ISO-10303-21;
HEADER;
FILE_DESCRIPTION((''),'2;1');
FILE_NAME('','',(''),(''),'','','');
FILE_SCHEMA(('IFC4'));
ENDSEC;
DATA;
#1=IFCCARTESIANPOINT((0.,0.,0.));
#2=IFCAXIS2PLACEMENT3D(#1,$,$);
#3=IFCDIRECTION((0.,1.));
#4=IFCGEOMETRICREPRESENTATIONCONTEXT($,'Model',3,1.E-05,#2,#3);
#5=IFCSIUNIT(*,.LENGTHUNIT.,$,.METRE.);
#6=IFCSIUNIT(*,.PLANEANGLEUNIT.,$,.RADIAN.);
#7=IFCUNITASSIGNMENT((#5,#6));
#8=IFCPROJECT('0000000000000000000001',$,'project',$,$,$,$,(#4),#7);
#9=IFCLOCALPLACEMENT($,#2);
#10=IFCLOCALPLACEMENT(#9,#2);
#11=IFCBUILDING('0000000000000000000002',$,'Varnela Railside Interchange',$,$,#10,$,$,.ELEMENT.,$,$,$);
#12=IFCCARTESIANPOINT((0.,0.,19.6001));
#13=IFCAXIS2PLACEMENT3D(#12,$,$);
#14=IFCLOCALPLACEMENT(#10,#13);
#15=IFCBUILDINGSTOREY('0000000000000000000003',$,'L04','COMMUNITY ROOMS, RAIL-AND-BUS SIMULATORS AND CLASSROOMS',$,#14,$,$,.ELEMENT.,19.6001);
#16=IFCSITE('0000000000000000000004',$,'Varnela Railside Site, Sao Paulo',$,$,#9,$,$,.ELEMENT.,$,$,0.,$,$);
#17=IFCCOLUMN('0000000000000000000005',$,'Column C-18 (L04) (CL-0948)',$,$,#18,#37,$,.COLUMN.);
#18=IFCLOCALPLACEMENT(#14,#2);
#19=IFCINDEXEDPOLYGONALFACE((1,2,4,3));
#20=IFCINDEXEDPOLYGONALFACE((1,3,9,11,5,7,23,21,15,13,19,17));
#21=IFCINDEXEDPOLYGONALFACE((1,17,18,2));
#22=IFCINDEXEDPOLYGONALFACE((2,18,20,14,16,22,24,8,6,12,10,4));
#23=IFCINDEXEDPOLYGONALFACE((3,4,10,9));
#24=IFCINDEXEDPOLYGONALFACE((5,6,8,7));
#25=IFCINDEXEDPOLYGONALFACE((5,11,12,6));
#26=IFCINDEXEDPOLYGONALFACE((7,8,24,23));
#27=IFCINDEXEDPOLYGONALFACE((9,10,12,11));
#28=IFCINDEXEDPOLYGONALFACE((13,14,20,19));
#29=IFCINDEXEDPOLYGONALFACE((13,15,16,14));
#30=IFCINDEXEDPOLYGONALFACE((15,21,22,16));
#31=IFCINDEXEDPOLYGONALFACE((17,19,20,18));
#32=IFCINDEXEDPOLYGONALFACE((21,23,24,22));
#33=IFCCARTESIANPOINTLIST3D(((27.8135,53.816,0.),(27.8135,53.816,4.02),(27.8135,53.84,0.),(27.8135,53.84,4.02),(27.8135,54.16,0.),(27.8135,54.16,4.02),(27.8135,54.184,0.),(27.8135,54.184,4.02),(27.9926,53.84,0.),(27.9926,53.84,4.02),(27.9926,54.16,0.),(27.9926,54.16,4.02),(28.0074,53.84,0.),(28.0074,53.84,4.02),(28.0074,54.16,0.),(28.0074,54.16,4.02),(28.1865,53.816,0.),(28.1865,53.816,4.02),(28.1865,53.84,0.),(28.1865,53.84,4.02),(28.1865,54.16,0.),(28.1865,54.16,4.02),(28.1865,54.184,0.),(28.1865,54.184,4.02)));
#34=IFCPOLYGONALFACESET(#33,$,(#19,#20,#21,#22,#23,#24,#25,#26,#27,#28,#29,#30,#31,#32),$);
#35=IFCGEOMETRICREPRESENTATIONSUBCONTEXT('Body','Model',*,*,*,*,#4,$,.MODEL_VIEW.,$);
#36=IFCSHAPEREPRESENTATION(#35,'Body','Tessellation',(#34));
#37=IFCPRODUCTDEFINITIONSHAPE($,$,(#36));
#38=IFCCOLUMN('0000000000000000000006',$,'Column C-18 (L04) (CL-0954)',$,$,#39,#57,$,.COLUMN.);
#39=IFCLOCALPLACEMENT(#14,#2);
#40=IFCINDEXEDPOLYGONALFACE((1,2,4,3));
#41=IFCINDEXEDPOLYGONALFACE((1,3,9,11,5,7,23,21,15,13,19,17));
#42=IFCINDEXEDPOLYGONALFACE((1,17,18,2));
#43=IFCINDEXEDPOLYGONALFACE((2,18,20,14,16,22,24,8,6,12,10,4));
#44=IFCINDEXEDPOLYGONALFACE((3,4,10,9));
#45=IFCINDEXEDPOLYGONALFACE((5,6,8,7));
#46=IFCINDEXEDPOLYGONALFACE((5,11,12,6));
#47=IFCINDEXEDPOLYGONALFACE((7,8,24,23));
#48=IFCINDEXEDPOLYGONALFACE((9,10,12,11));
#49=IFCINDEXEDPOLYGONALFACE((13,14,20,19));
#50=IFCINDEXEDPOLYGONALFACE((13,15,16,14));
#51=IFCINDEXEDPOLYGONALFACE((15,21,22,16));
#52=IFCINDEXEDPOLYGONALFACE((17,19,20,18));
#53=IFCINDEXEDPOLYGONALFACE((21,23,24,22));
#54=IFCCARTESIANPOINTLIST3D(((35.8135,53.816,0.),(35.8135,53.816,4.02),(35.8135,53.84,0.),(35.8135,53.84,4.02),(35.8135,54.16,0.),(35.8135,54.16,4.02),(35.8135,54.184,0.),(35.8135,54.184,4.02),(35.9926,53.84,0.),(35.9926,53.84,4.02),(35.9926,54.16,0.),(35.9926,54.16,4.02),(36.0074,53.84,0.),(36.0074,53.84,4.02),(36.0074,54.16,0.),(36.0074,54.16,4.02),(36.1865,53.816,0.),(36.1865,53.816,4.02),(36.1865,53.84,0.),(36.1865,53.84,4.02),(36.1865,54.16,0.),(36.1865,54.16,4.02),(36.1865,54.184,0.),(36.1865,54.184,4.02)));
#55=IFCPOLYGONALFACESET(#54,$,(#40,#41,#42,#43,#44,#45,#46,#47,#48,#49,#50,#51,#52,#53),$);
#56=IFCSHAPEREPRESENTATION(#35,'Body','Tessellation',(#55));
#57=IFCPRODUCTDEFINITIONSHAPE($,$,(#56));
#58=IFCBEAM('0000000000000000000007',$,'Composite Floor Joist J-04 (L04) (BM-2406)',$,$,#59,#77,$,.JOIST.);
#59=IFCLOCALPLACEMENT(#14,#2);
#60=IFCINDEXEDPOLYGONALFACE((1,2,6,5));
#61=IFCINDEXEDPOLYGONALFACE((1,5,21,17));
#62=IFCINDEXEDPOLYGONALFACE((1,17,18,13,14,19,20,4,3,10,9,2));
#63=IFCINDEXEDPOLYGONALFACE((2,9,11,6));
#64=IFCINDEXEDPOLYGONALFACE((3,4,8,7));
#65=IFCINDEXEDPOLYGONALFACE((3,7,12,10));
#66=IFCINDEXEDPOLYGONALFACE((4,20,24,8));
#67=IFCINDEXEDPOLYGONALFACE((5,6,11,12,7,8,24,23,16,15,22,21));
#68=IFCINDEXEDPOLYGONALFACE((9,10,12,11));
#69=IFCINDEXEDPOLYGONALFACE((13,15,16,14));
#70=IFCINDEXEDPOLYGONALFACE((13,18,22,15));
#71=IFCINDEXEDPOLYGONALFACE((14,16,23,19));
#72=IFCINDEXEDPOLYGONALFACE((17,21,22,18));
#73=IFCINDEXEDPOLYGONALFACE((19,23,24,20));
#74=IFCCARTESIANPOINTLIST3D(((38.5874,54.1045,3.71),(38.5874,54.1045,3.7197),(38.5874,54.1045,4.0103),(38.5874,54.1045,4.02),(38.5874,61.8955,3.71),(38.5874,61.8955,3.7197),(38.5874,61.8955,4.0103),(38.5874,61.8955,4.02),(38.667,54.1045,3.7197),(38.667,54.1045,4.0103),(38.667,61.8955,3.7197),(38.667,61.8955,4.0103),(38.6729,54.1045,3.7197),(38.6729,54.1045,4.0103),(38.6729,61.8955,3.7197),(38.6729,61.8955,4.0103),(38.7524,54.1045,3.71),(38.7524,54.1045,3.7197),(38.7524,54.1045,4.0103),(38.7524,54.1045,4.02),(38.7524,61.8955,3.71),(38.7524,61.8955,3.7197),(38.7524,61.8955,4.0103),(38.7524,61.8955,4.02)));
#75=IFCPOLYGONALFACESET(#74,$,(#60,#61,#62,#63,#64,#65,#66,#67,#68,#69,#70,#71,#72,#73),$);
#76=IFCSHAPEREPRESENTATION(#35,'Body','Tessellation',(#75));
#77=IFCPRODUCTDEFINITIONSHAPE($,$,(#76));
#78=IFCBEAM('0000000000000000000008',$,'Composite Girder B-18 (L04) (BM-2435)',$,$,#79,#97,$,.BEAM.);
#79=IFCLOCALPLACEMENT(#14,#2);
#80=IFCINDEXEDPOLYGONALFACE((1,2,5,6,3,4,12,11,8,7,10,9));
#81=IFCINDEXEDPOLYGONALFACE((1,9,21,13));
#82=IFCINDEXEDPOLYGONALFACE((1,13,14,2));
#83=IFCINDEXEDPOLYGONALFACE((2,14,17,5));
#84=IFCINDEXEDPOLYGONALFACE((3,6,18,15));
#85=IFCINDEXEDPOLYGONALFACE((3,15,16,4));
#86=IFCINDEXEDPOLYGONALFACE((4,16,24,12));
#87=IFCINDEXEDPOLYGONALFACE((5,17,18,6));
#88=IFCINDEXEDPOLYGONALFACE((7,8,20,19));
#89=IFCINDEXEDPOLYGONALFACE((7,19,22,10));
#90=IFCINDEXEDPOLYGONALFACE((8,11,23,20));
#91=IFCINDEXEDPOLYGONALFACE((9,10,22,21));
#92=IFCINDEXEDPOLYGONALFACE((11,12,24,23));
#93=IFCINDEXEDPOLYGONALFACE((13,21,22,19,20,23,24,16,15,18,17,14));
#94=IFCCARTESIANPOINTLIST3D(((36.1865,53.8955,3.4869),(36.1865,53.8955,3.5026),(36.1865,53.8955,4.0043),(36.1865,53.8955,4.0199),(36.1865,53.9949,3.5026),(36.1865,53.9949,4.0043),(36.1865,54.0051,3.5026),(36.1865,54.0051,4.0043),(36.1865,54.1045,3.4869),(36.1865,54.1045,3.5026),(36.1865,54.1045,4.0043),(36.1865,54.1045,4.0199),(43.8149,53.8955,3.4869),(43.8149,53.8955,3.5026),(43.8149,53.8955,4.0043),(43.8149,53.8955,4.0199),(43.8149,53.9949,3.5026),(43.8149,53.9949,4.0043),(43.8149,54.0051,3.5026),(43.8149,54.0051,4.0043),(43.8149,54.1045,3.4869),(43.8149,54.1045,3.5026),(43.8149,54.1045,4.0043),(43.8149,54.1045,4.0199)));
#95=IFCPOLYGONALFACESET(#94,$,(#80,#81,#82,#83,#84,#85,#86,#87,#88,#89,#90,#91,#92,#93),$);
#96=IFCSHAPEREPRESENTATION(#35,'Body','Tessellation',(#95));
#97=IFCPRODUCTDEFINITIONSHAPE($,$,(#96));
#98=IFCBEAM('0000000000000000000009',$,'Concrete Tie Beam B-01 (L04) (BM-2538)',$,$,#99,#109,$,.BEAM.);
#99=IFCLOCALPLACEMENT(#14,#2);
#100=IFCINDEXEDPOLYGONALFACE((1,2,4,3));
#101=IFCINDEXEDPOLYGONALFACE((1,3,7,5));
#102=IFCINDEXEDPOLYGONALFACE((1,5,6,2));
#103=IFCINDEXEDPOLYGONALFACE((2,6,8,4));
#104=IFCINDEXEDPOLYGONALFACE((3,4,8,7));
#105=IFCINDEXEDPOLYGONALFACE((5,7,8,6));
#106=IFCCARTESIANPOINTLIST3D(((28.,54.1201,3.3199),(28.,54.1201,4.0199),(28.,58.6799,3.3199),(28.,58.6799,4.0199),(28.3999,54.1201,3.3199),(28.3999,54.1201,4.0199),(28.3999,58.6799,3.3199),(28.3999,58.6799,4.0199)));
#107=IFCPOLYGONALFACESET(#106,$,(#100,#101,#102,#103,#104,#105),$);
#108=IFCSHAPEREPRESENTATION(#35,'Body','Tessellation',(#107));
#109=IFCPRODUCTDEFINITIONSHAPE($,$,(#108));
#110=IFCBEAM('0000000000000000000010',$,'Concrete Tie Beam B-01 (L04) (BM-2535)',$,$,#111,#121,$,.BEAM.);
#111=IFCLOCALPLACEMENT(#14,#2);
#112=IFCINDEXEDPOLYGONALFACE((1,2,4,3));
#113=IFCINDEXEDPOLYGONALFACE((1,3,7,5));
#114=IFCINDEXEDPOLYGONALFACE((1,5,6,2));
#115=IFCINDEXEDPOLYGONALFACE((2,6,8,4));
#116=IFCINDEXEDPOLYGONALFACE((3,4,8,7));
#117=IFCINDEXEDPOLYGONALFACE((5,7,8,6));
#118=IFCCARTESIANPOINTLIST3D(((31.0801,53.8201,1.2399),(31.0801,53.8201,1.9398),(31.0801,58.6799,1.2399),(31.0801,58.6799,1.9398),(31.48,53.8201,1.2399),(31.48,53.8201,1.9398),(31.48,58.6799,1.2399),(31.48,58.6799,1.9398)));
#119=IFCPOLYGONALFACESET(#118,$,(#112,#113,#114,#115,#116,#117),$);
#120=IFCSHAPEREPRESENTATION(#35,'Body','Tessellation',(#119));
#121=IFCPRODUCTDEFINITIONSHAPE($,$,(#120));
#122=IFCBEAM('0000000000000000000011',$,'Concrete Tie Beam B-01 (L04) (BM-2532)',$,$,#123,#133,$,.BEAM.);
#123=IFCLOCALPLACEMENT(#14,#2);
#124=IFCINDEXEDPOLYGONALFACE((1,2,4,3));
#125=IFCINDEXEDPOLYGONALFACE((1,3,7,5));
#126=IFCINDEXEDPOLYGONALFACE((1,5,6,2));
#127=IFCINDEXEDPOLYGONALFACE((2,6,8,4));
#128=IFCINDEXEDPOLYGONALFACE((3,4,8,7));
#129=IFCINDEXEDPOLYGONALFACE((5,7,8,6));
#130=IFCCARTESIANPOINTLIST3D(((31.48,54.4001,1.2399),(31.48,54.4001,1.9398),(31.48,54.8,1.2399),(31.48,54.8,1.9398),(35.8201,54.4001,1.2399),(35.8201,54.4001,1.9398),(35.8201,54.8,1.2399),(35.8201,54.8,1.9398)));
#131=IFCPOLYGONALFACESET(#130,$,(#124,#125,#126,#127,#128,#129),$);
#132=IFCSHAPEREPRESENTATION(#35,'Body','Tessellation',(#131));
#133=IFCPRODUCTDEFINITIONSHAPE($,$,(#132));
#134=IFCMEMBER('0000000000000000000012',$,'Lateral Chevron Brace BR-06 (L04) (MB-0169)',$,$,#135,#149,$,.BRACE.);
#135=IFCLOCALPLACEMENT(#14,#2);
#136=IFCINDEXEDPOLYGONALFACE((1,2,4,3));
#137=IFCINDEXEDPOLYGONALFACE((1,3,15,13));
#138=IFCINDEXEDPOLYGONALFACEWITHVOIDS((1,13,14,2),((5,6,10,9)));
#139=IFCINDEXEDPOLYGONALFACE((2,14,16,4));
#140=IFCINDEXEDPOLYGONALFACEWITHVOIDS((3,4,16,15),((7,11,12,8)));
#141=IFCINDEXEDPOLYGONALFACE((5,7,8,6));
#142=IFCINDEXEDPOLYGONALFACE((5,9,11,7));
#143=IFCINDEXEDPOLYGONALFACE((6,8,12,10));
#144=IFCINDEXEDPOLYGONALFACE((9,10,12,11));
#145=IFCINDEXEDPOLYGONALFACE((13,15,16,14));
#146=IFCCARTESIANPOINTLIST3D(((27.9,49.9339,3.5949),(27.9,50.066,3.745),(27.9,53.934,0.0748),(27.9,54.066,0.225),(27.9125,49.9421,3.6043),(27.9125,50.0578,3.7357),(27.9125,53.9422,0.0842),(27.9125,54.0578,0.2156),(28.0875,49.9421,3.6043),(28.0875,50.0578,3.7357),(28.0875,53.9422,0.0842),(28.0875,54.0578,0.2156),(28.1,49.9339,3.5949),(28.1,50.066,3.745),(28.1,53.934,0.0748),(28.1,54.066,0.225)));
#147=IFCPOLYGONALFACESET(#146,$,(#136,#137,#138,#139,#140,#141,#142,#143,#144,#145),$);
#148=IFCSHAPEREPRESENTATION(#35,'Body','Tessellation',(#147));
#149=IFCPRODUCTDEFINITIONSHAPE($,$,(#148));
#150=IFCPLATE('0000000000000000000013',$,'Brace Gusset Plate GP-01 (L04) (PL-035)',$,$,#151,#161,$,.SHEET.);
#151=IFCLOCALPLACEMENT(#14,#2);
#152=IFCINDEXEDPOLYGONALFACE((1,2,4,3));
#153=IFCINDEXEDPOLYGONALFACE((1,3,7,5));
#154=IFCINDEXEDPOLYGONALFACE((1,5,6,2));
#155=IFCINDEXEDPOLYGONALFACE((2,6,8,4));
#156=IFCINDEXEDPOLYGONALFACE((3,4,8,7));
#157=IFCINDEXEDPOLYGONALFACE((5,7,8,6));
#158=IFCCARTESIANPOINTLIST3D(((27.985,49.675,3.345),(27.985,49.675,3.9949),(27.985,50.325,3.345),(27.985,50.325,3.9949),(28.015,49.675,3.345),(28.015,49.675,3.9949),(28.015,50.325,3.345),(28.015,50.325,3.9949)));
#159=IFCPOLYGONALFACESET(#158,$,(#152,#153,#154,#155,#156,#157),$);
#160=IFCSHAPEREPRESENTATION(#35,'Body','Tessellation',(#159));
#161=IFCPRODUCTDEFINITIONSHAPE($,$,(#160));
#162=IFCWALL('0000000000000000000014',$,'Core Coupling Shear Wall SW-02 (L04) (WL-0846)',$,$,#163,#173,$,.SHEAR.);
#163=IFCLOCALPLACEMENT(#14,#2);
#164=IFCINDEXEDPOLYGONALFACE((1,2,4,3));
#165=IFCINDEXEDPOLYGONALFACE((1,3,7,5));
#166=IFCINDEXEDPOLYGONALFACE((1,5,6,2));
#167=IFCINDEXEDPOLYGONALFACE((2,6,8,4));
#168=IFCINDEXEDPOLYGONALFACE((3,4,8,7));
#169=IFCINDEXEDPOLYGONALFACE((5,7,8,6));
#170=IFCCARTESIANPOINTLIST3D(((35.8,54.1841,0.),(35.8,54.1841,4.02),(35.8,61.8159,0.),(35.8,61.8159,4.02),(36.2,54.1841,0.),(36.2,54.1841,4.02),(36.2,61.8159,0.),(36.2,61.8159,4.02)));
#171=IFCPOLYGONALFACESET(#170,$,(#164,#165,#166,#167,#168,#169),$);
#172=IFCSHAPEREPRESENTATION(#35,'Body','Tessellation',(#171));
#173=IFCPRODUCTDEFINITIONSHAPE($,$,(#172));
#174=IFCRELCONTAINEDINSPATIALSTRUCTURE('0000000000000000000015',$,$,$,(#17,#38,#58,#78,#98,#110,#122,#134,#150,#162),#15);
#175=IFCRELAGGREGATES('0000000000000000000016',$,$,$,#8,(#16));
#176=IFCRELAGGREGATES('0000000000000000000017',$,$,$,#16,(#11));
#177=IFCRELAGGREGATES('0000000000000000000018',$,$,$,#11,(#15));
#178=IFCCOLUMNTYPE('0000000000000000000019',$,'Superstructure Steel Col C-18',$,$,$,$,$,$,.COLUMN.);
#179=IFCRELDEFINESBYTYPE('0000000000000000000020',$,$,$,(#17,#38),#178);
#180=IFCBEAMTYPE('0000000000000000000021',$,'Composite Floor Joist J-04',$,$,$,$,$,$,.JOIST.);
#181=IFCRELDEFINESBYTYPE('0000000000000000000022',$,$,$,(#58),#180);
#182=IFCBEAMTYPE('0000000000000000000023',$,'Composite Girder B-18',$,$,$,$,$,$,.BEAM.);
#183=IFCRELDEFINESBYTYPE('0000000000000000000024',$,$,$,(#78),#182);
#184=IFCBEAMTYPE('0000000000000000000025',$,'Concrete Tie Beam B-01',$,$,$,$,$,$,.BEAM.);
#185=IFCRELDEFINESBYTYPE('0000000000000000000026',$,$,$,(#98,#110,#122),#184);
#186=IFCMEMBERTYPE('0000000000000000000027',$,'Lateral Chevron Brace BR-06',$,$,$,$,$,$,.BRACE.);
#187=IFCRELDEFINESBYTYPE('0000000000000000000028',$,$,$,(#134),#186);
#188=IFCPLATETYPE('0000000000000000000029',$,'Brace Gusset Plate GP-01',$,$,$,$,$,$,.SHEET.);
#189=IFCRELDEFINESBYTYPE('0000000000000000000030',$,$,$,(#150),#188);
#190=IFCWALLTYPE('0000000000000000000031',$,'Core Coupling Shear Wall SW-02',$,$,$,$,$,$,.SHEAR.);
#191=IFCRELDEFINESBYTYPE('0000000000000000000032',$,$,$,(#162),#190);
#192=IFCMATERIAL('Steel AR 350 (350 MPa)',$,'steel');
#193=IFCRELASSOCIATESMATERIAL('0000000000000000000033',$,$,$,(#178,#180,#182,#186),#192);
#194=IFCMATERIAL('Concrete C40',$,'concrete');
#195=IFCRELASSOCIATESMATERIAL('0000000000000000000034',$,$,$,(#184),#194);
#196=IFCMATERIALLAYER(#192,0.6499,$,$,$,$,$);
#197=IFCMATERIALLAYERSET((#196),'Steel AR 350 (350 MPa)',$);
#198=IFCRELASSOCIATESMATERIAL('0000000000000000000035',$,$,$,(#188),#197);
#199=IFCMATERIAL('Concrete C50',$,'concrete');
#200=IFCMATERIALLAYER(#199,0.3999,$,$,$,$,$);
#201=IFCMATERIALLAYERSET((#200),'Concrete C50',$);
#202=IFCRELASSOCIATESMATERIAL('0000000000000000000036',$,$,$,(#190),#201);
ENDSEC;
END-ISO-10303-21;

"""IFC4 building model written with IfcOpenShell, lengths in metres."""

from ifc_helpers import new_model, si_unit, direction, frame, frame_2d, origin, origin_2d, place, context, subcontext, project, spatial, rectangle, hollow_rectangle, i_section, extrude, material, layer, layer_set, material_profile, profile_set, type_object, element, save


model = new_model("IFC4")

# Units and contexts
model_context = context("Model", 3, precision=1e-05, world=origin(), true_north=direction((0.0, 1.0)))
body_context = subcontext(model_context, "Body", "Model", "MODEL_VIEW")
ifc_project = project(units=[si_unit("LENGTHUNIT", "METRE"), si_unit("PLANEANGLEUNIT", "RADIAN")], contexts=[model_context])

# Site, building, storey
site_placement = place(None, origin())
site = spatial("IfcSite", under=ifc_project, at=site_placement, Name="Varnela Railside Site, Sao Paulo", CompositionType="ELEMENT", RefElevation=0.0)
building_placement = place(site_placement, origin())
building = spatial("IfcBuilding", under=site, at=building_placement, Name="Varnela Railside Interchange", CompositionType="ELEMENT")
storey_placement = place(building_placement, frame((0.0, 0.0, 19.6001)))
storey = spatial("IfcBuildingStorey", under=building, at=storey_placement, Name="L04", Description="COMMUNITY ROOMS, RAIL-AND-BUS SIMULATORS AND CLASSROOMS", CompositionType="ELEMENT", Elevation=19.6001)

# Columns
ifc_material_1 = material(Name="Steel AR 350 (350 MPa)", Category="steel")
ifc_material_profile_1 = material_profile(ifc_material_1, i_section(OverallWidth=0.373, OverallDepth=0.3679, WebThickness=0.0149, FlangeThickness=0.0239, at=origin_2d()), Name="W360x179")
ifc_profile_set_1 = profile_set([ifc_material_profile_1], Name="Steel AR 350 (350 MPa)")
column_type = type_object("IfcColumnType", Name="Superstructure Steel Col C-18", PredefinedType="COLUMN", material=ifc_profile_set_1)
for number, where, z_axis, x_axis, name in (
    (1, (28.0, 54.0, 0.0), (0.0, 0.0, 1.0), (1.0, 0.0, 0.0), "Column C-18 (L04) (CL-0948)"),
    (2, (36.0, 54.0, 0.0), (0.0, 0.0, 1.0), (1.0, 0.0, 0.0), "Column C-18 (L04) (CL-0954)"),
):
    element("IfcColumn", number, at=place(storey_placement, frame(where, z_axis=z_axis, x_axis=x_axis)), inside=storey, type_object=column_type, Name=name, PredefinedType="COLUMN", context=body_context, shape_type="SweptSolid", body=[
        extrude(i_section(OverallWidth=0.373, OverallDepth=0.3679, WebThickness=0.0149, FlangeThickness=0.0239, at=origin_2d()), origin(), (0.0, 0.0, 1.0), 4.02),
    ])

# Beams
ifc_material_profile_2 = material_profile(ifc_material_1, i_section(OverallWidth=0.165, OverallDepth=0.3101, WebThickness=0.0059, FlangeThickness=0.0098, at=origin_2d()), Name="W310x38.7")
ifc_profile_set_2 = profile_set([ifc_material_profile_2], Name="Steel AR 350 (350 MPa)")
beam_type_1 = type_object("IfcBeamType", Name="Composite Floor Joist J-04", PredefinedType="JOIST", material=ifc_profile_set_2)
beam_1_placement = place(storey_placement, frame((38.6699, 54.1045, 3.865), z_axis=(0.0, 1.0, 0.0), x_axis=(-1.0, 0.0, 0.0)))
element("IfcBeam", 3, at=beam_1_placement, inside=storey, type_object=beam_type_1, Name="Composite Floor Joist J-04 (L04) (BM-2406)", PredefinedType="JOIST", context=body_context, shape_type="SweptSolid", body=[
    extrude(i_section(OverallWidth=0.165, OverallDepth=0.3101, WebThickness=0.0059, FlangeThickness=0.0098, at=origin_2d()), origin(), (0.0, 0.0, 1.0), 7.791),
])
ifc_material_profile_3 = material_profile(ifc_material_1, i_section(OverallWidth=0.209, OverallDepth=0.533, WebThickness=0.0103, FlangeThickness=0.0156, at=origin_2d()), Name="W530x92")
ifc_profile_set_3 = profile_set([ifc_material_profile_3], Name="Steel AR 350 (350 MPa)")
beam_type_2 = type_object("IfcBeamType", Name="Composite Girder B-18", PredefinedType="BEAM", material=ifc_profile_set_3)
beam_2_placement = place(storey_placement, frame((36.1865, 54.0, 3.7534), z_axis=(1.0, 0.0, 0.0), x_axis=(0.0, 1.0, 0.0)))
element("IfcBeam", 4, at=beam_2_placement, inside=storey, type_object=beam_type_2, Name="Composite Girder B-18 (L04) (BM-2435)", PredefinedType="BEAM", context=body_context, shape_type="SweptSolid", body=[
    extrude(i_section(OverallWidth=0.209, OverallDepth=0.533, WebThickness=0.0103, FlangeThickness=0.0156, at=origin_2d()), origin(), (0.0, 0.0, 1.0), 7.6284),
])
ifc_material_2 = material(Name="Concrete C40", Category="concrete")
ifc_material_profile_4 = material_profile(ifc_material_2, rectangle(XDim=0.3999, YDim=0.7, at=origin_2d()), Name="RC 400x700")
ifc_profile_set_4 = profile_set([ifc_material_profile_4], Name="Concrete C40")
beam_type_3 = type_object("IfcBeamType", Name="Concrete Tie Beam B-01", PredefinedType="BEAM", material=ifc_profile_set_4)
beam_3_placement = place(storey_placement, frame((28.2, 54.1201, 3.6699), z_axis=(0.0, 1.0, 0.0), x_axis=(-1.0, 0.0, 0.0)))
element("IfcBeam", 5, at=beam_3_placement, inside=storey, type_object=beam_type_3, Name="Concrete Tie Beam B-01 (L04) (BM-2538)", PredefinedType="BEAM", context=body_context, shape_type="SweptSolid", body=[
    extrude(rectangle(XDim=0.3999, YDim=0.7, at=origin_2d()), origin(), (0.0, 0.0, 1.0), 4.5598),
])
beam_4_placement = place(storey_placement, frame((31.28, 53.8201, 1.5898), z_axis=(0.0, 1.0, 0.0), x_axis=(-1.0, 0.0, 0.0)))
element("IfcBeam", 6, at=beam_4_placement, inside=storey, type_object=beam_type_3, Name="Concrete Tie Beam B-01 (L04) (BM-2535)", PredefinedType="BEAM", context=body_context, shape_type="SweptSolid", body=[
    extrude(rectangle(XDim=0.3999, YDim=0.7, at=origin_2d()), origin(), (0.0, 0.0, 1.0), 4.8599),
])
beam_5_placement = place(storey_placement, frame((31.48, 54.6001, 1.5898), z_axis=(1.0, 0.0, 0.0), x_axis=(0.0, 1.0, 0.0)))
element("IfcBeam", 7, at=beam_5_placement, inside=storey, type_object=beam_type_3, Name="Concrete Tie Beam B-01 (L04) (BM-2532)", PredefinedType="BEAM", context=body_context, shape_type="SweptSolid", body=[
    extrude(rectangle(XDim=0.3999, YDim=0.7, at=origin_2d()), origin(), (0.0, 0.0, 1.0), 4.3401),
])

# Member
ifc_material_profile_5 = material_profile(ifc_material_1, hollow_rectangle(XDim=0.2, YDim=0.2, WallThickness=0.0125, at=origin_2d()), Name="HSS 200x200x12.5")
ifc_profile_set_5 = profile_set([ifc_material_profile_5], Name="Steel AR 350 (350 MPa)")
member_type = type_object("IfcMemberType", Name="Lateral Chevron Brace BR-06", PredefinedType="BRACE", material=ifc_profile_set_5)
member_placement = place(storey_placement, frame((28.0, 54.0, 0.1499), z_axis=(0.0, -0.750712, 0.66063), x_axis=(1.0, 0.0, 0.0)))
element("IfcMember", 8, at=member_placement, inside=storey, type_object=member_type, Name="Lateral Chevron Brace BR-06 (L04) (MB-0169)", PredefinedType="BRACE", context=body_context, shape_type="SweptSolid", body=[
    extrude(hollow_rectangle(XDim=0.2, YDim=0.2, WallThickness=0.0125, at=origin_2d()), origin(), (0.0, 0.0, 1.0), 5.3284),
])

# Plate
ifc_layer_1 = layer(ifc_material_1, 0.6499)
ifc_layer_set_1 = layer_set([ifc_layer_1], Name="Steel AR 350 (350 MPa)")
plate_type = type_object("IfcPlateType", Name="Brace Gusset Plate GP-01", PredefinedType="SHEET", material=ifc_layer_set_1)
plate_placement = place(storey_placement, frame((28.0, 50.0, 3.345), z_axis=(0.0, 0.0, 1.0), x_axis=(0.0, 1.0, 0.0)))
element("IfcPlate", 9, at=plate_placement, inside=storey, type_object=plate_type, Name="Brace Gusset Plate GP-01 (L04) (PL-035)", PredefinedType="SHEET", context=body_context, shape_type="SweptSolid", body=[
    extrude(rectangle(XDim=0.6499, YDim=0.03, at=origin_2d()), origin(), (0.0, 0.0, 1.0), 0.6499),
])

# Wall
ifc_material_3 = material(Name="Concrete C50", Category="concrete")
ifc_layer_2 = layer(ifc_material_3, 0.3999)
ifc_layer_set_2 = layer_set([ifc_layer_2], Name="Concrete C50")
wall_type_1 = type_object("IfcWallType", Name="Core Coupling Shear Wall SW-02", PredefinedType="SHEAR", material=ifc_layer_set_2)
wall_1_placement = place(storey_placement, frame((36.0, 54.1841, 0.0), z_axis=(0.0, 0.0, 1.0), x_axis=(0.0, 1.0, 0.0)))
element("IfcWall", 10, at=wall_1_placement, inside=storey, type_object=wall_type_1, Name="Core Coupling Shear Wall SW-02 (L04) (WL-0846)", PredefinedType="SHEAR", context=body_context, shape_type="SweptSolid", body=[
    extrude(rectangle(XDim=7.6318, YDim=0.3999, at=frame_2d((3.8159, 0.0))), origin(), (0.0, 0.0, 1.0), 4.02),
])

save(model, "model.ifc")
